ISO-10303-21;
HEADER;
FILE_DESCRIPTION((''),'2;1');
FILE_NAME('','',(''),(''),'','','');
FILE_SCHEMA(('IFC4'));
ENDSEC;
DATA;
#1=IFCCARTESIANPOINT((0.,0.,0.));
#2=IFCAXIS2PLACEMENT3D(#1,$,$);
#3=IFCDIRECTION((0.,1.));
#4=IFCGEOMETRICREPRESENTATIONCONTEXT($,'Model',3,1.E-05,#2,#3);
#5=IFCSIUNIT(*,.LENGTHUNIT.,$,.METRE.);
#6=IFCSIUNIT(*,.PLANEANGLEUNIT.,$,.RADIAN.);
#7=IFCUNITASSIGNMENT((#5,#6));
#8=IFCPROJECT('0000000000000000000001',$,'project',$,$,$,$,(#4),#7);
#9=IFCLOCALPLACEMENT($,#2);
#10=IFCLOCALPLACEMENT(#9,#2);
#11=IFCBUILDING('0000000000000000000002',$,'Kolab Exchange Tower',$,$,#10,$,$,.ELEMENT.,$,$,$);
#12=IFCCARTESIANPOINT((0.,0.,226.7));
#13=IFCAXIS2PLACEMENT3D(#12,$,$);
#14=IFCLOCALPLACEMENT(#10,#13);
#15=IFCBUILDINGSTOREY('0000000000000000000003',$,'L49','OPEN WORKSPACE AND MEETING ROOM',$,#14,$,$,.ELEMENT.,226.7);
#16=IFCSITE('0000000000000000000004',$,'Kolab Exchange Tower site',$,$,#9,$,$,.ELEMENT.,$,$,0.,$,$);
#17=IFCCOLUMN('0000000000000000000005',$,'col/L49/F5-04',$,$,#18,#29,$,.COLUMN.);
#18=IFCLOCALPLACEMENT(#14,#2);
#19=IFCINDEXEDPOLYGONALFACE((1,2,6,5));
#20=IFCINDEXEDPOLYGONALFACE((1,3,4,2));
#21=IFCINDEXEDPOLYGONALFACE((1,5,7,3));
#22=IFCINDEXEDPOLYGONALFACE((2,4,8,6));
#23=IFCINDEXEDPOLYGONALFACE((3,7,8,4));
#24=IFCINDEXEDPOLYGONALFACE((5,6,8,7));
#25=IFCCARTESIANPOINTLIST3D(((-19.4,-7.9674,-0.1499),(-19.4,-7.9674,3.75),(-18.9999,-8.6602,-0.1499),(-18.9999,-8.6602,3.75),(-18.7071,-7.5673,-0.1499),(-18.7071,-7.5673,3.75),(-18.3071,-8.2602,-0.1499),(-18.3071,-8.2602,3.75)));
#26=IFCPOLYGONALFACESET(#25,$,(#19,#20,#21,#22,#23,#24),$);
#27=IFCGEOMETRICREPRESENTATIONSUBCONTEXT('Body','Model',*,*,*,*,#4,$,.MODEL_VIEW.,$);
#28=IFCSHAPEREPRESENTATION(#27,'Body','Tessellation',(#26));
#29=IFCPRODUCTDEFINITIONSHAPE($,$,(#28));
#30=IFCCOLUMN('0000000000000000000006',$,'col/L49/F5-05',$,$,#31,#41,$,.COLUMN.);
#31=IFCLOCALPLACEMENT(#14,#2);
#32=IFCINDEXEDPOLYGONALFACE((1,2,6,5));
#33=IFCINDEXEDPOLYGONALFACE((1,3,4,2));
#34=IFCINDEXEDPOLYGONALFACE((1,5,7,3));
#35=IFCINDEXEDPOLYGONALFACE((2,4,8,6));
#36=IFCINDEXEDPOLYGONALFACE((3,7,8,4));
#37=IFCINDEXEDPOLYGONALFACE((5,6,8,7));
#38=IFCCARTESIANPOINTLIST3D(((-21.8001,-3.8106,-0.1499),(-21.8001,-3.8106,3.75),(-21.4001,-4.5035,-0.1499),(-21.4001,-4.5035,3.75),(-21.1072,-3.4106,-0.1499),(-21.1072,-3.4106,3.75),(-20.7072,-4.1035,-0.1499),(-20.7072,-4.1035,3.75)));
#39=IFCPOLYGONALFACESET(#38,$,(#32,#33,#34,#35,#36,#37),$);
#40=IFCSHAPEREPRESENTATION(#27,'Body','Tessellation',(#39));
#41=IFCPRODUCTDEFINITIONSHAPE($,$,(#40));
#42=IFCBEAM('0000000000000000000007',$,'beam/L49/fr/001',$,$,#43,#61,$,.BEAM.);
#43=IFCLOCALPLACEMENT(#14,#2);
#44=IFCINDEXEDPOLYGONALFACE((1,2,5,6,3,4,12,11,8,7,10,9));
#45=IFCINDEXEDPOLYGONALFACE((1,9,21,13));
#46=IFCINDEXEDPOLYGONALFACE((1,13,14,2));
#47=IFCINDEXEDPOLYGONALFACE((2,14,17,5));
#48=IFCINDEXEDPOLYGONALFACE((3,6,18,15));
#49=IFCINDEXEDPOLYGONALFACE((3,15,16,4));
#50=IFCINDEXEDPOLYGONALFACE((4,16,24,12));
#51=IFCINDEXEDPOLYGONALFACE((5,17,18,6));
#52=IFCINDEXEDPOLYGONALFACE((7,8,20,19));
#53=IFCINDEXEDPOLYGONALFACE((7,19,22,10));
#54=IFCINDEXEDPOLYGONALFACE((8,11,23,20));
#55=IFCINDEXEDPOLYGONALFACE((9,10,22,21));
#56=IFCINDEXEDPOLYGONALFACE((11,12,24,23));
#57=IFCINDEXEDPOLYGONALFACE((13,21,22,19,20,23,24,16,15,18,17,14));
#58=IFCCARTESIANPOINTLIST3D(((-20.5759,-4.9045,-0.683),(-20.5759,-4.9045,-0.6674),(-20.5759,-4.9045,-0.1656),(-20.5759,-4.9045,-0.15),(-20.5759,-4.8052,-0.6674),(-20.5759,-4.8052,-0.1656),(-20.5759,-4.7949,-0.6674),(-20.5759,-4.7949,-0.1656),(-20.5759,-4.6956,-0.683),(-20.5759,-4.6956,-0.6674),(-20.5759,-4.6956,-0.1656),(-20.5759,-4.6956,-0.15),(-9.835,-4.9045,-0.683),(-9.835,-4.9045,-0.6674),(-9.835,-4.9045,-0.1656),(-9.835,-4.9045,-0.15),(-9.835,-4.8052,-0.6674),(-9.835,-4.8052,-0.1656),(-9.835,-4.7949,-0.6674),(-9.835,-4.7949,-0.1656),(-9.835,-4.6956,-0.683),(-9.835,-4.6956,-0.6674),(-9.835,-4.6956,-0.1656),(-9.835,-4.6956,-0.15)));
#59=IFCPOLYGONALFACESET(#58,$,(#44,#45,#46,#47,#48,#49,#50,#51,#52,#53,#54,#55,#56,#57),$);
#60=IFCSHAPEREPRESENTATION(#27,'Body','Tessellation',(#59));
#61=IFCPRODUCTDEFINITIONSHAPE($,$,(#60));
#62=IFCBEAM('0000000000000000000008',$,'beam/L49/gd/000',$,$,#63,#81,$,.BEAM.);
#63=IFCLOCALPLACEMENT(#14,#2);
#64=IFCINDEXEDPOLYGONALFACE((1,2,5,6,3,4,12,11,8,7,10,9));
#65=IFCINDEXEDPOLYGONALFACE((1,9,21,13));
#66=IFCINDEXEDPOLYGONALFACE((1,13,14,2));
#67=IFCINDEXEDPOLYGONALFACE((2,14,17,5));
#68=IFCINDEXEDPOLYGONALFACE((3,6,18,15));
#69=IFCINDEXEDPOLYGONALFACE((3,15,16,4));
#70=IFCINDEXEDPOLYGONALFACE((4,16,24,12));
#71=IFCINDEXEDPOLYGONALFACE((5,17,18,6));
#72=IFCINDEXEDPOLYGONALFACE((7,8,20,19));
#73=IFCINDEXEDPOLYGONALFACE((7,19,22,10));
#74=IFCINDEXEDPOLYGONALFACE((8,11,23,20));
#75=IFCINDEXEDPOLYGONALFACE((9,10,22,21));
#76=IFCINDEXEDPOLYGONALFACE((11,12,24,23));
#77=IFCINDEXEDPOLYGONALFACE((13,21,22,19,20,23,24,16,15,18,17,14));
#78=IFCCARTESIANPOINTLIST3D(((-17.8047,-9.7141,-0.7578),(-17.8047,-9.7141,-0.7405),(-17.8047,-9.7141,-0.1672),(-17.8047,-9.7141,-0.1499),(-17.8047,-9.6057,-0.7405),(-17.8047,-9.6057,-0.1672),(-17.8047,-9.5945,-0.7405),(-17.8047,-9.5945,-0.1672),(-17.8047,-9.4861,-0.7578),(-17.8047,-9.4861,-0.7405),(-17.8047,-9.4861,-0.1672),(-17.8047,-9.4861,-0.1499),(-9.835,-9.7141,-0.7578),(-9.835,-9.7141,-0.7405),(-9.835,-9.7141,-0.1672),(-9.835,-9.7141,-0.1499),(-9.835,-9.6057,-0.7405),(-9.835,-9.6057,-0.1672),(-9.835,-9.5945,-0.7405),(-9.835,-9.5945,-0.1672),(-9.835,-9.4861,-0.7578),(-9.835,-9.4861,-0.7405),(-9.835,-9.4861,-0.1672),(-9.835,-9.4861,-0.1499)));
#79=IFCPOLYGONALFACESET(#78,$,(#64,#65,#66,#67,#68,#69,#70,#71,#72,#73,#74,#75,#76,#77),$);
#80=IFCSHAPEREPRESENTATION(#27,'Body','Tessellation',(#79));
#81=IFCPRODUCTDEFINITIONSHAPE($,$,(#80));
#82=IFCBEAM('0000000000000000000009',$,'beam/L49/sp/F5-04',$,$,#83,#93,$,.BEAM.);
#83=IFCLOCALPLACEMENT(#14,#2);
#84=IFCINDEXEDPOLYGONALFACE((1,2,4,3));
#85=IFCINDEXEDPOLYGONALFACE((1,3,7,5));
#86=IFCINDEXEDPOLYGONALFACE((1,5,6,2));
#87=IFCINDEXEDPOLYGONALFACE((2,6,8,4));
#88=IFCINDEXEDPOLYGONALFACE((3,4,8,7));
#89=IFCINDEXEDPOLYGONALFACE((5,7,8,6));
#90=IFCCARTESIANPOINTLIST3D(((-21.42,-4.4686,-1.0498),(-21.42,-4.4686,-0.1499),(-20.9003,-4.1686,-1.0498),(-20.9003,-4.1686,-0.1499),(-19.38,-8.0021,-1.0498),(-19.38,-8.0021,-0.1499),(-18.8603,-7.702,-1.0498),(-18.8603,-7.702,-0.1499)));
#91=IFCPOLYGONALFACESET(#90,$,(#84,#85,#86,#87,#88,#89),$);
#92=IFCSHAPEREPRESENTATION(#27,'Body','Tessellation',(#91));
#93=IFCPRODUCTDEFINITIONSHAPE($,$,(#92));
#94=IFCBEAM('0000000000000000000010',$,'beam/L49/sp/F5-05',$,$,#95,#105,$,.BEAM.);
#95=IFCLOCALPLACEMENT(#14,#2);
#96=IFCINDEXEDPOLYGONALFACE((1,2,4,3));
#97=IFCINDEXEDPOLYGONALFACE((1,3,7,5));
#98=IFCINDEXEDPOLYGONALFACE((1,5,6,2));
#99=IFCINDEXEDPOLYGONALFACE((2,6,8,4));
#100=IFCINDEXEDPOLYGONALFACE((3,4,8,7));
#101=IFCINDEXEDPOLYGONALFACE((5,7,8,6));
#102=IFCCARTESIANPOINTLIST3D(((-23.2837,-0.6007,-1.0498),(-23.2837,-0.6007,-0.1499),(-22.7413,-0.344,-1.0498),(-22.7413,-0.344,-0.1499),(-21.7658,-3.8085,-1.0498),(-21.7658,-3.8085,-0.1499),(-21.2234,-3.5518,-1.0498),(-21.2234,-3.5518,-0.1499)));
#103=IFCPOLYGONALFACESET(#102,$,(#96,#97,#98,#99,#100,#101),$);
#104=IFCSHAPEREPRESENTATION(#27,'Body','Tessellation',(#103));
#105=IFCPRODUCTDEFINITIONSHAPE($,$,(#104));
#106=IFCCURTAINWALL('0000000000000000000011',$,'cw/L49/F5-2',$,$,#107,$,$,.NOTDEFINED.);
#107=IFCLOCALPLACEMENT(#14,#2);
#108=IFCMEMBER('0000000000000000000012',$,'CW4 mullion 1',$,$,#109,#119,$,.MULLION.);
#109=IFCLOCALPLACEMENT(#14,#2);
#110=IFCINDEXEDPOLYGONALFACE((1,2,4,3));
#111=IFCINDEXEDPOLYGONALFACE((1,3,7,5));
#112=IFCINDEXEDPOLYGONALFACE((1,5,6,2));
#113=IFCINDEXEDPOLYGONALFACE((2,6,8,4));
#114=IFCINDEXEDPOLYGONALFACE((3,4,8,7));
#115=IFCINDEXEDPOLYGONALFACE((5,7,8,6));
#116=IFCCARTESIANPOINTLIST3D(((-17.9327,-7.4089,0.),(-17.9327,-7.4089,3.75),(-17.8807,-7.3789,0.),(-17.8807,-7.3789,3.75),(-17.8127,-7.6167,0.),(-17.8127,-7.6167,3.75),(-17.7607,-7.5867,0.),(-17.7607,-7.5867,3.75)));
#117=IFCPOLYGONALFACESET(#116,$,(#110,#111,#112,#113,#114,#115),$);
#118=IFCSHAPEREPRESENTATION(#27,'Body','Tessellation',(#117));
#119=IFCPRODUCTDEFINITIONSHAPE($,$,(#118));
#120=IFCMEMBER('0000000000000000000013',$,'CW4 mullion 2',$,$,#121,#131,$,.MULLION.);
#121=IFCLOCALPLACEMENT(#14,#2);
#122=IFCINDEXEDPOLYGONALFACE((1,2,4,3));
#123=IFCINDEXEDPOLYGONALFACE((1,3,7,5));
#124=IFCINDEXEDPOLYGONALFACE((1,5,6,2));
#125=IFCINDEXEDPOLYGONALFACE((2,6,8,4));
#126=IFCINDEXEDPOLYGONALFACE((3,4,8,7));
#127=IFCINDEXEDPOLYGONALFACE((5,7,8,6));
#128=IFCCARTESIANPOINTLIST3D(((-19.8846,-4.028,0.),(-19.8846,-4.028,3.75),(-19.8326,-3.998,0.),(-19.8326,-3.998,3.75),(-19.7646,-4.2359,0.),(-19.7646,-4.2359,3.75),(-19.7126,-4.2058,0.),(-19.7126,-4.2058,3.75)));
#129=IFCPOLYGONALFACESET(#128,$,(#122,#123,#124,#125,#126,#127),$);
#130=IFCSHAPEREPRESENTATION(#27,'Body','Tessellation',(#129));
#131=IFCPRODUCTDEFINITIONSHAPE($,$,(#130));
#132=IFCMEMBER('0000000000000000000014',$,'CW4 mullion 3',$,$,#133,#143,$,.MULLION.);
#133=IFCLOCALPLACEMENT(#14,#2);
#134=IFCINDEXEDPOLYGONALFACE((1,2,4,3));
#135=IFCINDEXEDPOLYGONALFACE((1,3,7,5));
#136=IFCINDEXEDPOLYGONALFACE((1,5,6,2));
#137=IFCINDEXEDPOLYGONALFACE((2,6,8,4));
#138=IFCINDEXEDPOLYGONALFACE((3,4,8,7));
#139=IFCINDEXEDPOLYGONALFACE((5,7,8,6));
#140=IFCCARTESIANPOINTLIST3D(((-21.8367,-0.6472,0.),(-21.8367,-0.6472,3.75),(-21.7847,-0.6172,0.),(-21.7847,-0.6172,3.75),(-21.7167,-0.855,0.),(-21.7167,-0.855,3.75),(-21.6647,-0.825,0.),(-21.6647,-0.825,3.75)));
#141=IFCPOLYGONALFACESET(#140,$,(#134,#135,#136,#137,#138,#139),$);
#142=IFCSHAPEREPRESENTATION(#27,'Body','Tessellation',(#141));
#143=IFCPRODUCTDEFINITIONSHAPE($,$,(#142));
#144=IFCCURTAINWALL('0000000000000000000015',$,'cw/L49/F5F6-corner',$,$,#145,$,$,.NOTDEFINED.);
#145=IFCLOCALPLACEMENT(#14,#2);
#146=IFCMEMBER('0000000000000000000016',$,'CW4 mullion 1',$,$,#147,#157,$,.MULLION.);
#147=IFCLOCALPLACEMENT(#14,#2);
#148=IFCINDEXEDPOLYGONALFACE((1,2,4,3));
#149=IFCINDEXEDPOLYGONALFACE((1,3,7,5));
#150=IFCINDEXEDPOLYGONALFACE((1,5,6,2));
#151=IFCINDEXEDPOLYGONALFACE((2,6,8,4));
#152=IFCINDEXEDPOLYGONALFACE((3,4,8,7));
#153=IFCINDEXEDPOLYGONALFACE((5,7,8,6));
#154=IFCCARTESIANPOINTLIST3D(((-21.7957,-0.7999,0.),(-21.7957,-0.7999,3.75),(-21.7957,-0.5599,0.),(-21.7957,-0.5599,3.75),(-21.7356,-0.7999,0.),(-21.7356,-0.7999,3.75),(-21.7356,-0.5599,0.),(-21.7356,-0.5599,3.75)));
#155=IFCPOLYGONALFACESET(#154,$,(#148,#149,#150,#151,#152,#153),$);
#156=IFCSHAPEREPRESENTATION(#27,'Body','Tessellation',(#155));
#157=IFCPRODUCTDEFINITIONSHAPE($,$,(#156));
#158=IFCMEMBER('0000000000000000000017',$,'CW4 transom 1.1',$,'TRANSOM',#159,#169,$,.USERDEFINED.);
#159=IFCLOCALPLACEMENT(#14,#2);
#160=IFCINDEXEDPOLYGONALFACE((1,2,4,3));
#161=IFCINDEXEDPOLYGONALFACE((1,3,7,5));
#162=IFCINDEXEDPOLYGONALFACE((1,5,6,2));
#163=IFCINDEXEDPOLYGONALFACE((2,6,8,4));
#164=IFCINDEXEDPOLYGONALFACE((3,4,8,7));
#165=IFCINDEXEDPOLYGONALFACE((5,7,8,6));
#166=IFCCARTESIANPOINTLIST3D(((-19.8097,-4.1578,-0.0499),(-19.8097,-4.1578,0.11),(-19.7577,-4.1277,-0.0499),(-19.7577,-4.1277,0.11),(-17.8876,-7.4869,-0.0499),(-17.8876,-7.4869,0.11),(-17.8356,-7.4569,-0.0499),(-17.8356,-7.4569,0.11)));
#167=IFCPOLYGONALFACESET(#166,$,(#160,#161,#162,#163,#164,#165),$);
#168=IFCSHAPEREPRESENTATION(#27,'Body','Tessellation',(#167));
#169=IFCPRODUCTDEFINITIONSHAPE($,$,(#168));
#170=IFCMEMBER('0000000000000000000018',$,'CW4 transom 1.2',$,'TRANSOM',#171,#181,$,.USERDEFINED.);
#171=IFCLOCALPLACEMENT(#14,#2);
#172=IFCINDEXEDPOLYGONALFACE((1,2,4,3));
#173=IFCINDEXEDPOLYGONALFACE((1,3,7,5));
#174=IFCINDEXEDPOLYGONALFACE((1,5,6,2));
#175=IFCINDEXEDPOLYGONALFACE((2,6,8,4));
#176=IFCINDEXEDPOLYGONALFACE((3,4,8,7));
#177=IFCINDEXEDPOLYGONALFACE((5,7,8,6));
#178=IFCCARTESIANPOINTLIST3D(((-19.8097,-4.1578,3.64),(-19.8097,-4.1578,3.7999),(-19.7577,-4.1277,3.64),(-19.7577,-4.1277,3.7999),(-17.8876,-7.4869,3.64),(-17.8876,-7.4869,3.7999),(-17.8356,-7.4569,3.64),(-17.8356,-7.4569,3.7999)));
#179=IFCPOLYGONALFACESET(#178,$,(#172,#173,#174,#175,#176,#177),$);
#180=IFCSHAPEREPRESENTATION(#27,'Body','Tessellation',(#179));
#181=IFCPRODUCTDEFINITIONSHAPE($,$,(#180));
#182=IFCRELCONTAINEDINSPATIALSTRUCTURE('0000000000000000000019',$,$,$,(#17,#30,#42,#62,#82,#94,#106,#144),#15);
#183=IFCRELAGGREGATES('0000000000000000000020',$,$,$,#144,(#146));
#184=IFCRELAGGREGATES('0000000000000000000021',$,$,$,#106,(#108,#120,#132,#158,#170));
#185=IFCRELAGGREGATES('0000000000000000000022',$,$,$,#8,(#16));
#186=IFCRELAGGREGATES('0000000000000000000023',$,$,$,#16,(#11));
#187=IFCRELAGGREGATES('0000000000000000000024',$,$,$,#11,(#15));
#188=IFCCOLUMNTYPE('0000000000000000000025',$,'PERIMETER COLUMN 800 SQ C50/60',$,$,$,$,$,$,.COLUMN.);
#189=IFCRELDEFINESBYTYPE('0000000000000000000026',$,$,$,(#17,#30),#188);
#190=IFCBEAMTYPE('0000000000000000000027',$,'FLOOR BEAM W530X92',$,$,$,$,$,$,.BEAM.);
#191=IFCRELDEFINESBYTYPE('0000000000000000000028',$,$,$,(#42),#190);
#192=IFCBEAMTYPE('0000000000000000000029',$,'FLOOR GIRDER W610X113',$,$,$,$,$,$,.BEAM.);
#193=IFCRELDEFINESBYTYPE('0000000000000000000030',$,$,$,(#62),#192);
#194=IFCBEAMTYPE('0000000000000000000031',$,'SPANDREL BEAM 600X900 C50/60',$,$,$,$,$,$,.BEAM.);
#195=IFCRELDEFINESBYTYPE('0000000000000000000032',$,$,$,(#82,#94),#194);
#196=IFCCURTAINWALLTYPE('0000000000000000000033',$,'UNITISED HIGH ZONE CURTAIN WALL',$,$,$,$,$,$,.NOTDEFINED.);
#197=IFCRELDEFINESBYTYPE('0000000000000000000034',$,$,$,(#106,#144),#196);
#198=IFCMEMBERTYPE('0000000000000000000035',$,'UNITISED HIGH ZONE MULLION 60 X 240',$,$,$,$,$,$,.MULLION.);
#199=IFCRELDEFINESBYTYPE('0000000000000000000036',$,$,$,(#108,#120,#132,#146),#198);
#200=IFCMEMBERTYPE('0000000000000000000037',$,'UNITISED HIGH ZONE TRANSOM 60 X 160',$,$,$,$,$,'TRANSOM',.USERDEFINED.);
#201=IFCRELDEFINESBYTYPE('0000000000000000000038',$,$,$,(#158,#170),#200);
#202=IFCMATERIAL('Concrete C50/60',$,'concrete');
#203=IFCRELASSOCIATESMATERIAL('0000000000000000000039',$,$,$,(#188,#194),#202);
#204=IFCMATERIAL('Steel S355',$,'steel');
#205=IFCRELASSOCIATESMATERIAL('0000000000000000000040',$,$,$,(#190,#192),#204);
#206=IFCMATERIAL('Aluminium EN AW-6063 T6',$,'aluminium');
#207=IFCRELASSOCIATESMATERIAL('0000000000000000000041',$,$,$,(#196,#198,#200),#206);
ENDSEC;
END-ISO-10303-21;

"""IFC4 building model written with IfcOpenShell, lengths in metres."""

from ifc_helpers import new_model, si_unit, direction, frame, origin, origin_2d, place, context, subcontext, project, spatial, rectangle, i_section, extrude, material, material_profile, profile_set, type_object, element, aggregate, save


model = new_model("IFC4")

# Units and contexts
model_context = context("Model", 3, precision=1e-05, world=origin(), true_north=direction((0.0, 1.0)))
body_context = subcontext(model_context, "Body", "Model", "MODEL_VIEW")
ifc_project = project(units=[si_unit("LENGTHUNIT", "METRE"), si_unit("PLANEANGLEUNIT", "RADIAN")], contexts=[model_context])

# Site, building, storey
site_placement = place(None, origin())
site = spatial("IfcSite", under=ifc_project, at=site_placement, Name="Kolab Exchange Tower site", CompositionType="ELEMENT", RefElevation=0.0)
building_placement = place(site_placement, origin())
building = spatial("IfcBuilding", under=site, at=building_placement, Name="Kolab Exchange Tower", CompositionType="ELEMENT")
storey_placement = place(building_placement, frame((0.0, 0.0, 226.7)))
storey = spatial("IfcBuildingStorey", under=building, at=storey_placement, Name="L49", Description="OPEN WORKSPACE AND MEETING ROOM", CompositionType="ELEMENT", Elevation=226.7)

# Columns
ifc_material_1 = material(Name="Concrete C50/60", Category="concrete")
ifc_material_profile_1 = material_profile(ifc_material_1, rectangle(XDim=0.8, YDim=0.8, at=origin_2d()), Name="RC800")
ifc_profile_set_1 = profile_set([ifc_material_profile_1], Name="Concrete C50/60")
column_type = type_object("IfcColumnType", Name="PERIMETER COLUMN 800 SQ C50/60", PredefinedType="COLUMN", material=ifc_profile_set_1)
for number, where, z_axis, x_axis, name in (
    (1, (-18.8535, -8.1138, -0.1499), (0.0, 0.0, 1.0), (0.866025, 0.5, 0.0), "col/L49/F5-04"),
    (2, (-21.2537, -3.957, -0.1499), (0.0, 0.0, 1.0), (0.866025, 0.5, 0.0), "col/L49/F5-05"),
):
    element("IfcColumn", number, at=place(storey_placement, frame(where, z_axis=z_axis, x_axis=x_axis)), inside=storey, type_object=column_type, Name=name, PredefinedType="COLUMN", context=body_context, shape_type="SweptSolid", body=[
        extrude(rectangle(XDim=0.8, YDim=0.8, at=origin_2d()), origin(), (0.0, 0.0, 1.0), 3.8999),
    ])

# Beams
ifc_material_2 = material(Name="Steel S355", Category="steel")
ifc_material_profile_2 = material_profile(ifc_material_2, i_section(OverallWidth=0.209, OverallDepth=0.533, WebThickness=0.0103, FlangeThickness=0.0156, at=origin_2d()), Name="W530X92")
ifc_profile_set_2 = profile_set([ifc_material_profile_2], Name="Steel S355")
beam_type_1 = type_object("IfcBeamType", Name="FLOOR BEAM W530X92", PredefinedType="BEAM", material=ifc_profile_set_2)
beam_1_placement = place(storey_placement, frame((-20.5759, -4.8, -0.4165), z_axis=(1.0, 0.0, 0.0), x_axis=(0.0, 1.0, 0.0)))
element("IfcBeam", 3, at=beam_1_placement, inside=storey, type_object=beam_type_1, Name="beam/L49/fr/001", PredefinedType="BEAM", context=body_context, shape_type="SweptSolid", body=[
    extrude(i_section(OverallWidth=0.209, OverallDepth=0.533, WebThickness=0.0103, FlangeThickness=0.0156, at=origin_2d()), origin(), (0.0, 0.0, 1.0), 10.741),
])
ifc_material_profile_3 = material_profile(ifc_material_2, i_section(OverallWidth=0.228, OverallDepth=0.6079, WebThickness=0.0112, FlangeThickness=0.0173, at=origin_2d()), Name="W610X113")
ifc_profile_set_3 = profile_set([ifc_material_profile_3], Name="Steel S355")
beam_type_2 = type_object("IfcBeamType", Name="FLOOR GIRDER W610X113", PredefinedType="BEAM", material=ifc_profile_set_3)
beam_2_placement = place(storey_placement, frame((-17.8047, -9.6001, -0.4539), z_axis=(1.0, 0.0, 0.0), x_axis=(0.0, 1.0, 0.0)))
element("IfcBeam", 4, at=beam_2_placement, inside=storey, type_object=beam_type_2, Name="beam/L49/gd/000", PredefinedType="BEAM", context=body_context, shape_type="SweptSolid", body=[
    extrude(i_section(OverallWidth=0.228, OverallDepth=0.6079, WebThickness=0.0112, FlangeThickness=0.0173, at=origin_2d()), origin(), (0.0, 0.0, 1.0), 7.9697),
])
ifc_material_profile_4 = material_profile(ifc_material_1, rectangle(XDim=0.6001, YDim=0.8999, at=origin_2d()), Name="RC600X900")
ifc_profile_set_4 = profile_set([ifc_material_profile_4], Name="Concrete C50/60")
beam_type_3 = type_object("IfcBeamType", Name="SPANDREL BEAM 600X900 C50/60", PredefinedType="BEAM", material=ifc_profile_set_4)
beam_3_placement = place(storey_placement, frame((-19.1201, -7.8521, -0.5999), z_axis=(-0.5, 0.866025, 0.0), x_axis=(-0.866025, -0.5, 0.0)))
element("IfcBeam", 5, at=beam_3_placement, inside=storey, type_object=beam_type_3, Name="beam/L49/sp/F5-04", PredefinedType="BEAM", context=body_context, shape_type="SweptSolid", body=[
    extrude(rectangle(XDim=0.6001, YDim=0.8999, at=origin_2d()), origin(), (0.0, 0.0, 1.0), 4.0801),
])
beam_4_placement = place(storey_placement, frame((-21.4946, -3.6802, -0.5999), z_axis=(-0.427708, 0.903917, 0.0), x_axis=(-0.903917, -0.427708, 0.0)))
element("IfcBeam", 6, at=beam_4_placement, inside=storey, type_object=beam_type_3, Name="beam/L49/sp/F5-05", PredefinedType="BEAM", context=body_context, shape_type="SweptSolid", body=[
    extrude(rectangle(XDim=0.6001, YDim=0.8999, at=origin_2d()), origin(), (0.0, 0.0, 1.0), 3.5488),
])

# Curtain wall, members
ifc_material_3 = material(Name="Aluminium EN AW-6063 T6", Category="aluminium")
curtain_wall_type = type_object("IfcCurtainWallType", Name="UNITISED HIGH ZONE CURTAIN WALL", PredefinedType="NOTDEFINED", material=ifc_material_3)
curtain_wall_1_placement = place(storey_placement, origin())
curtain_wall_1 = element("IfcCurtainWall", 7, at=curtain_wall_1_placement, inside=storey, type_object=curtain_wall_type, Name="cw/L49/F5-2", PredefinedType="NOTDEFINED")
ifc_material_profile_5 = material_profile(ifc_material_3, rectangle(XDim=0.0601, YDim=0.24, at=origin_2d()), Name="RECT 60X240")
ifc_profile_set_5 = profile_set([ifc_material_profile_5], Name="Aluminium EN AW-6063 T6")
member_type_1 = type_object("IfcMemberType", Name="UNITISED HIGH ZONE MULLION 60 X 240", PredefinedType="MULLION", material=ifc_profile_set_5)
member_1_placement = place(storey_placement, frame((-17.8467, -7.4978, 0.0), z_axis=(0.0, 0.0, 1.0), x_axis=(-0.866025, -0.5, 0.0)))
member_1 = element("IfcMember", 8, at=member_1_placement, type_object=member_type_1, Name="CW4 mullion 1", PredefinedType="MULLION", context=body_context, shape_type="SweptSolid", body=[
    extrude(rectangle(XDim=0.0601, YDim=0.24, at=origin_2d()), origin(), (0.0, 0.0, 1.0), 3.75),
])
member_2_placement = place(storey_placement, frame((-19.7986, -4.1169, 0.0), z_axis=(0.0, 0.0, 1.0), x_axis=(-0.866025, -0.5, 0.0)))
member_2 = element("IfcMember", 9, at=member_2_placement, type_object=member_type_1, Name="CW4 mullion 2", PredefinedType="MULLION", context=body_context, shape_type="SweptSolid", body=[
    extrude(rectangle(XDim=0.0601, YDim=0.24, at=origin_2d()), origin(), (0.0, 0.0, 1.0), 3.75),
])
member_3_placement = place(storey_placement, frame((-21.7507, -0.7361, 0.0), z_axis=(0.0, 0.0, 1.0), x_axis=(-0.866025, -0.5, 0.0)))
member_3 = element("IfcMember", 10, at=member_3_placement, type_object=member_type_1, Name="CW4 mullion 3", PredefinedType="MULLION", context=body_context, shape_type="SweptSolid", body=[
    extrude(rectangle(XDim=0.0601, YDim=0.24, at=origin_2d()), origin(), (0.0, 0.0, 1.0), 3.75),
])

# Curtain wall, member
curtain_wall_2_placement = place(storey_placement, origin())
curtain_wall_2 = element("IfcCurtainWall", 11, at=curtain_wall_2_placement, inside=storey, type_object=curtain_wall_type, Name="cw/L49/F5F6-corner", PredefinedType="NOTDEFINED")
member_4_placement = place(storey_placement, frame((-21.7656, -0.6799, 0.0), z_axis=(0.0, 0.0, 1.0), x_axis=(-1.0, 0.0, 0.0)))
member_4 = element("IfcMember", 12, at=member_4_placement, type_object=member_type_1, Name="CW4 mullion 1", PredefinedType="MULLION", context=body_context, shape_type="SweptSolid", body=[
    extrude(rectangle(XDim=0.0601, YDim=0.24, at=origin_2d()), origin(), (0.0, 0.0, 1.0), 3.75),
])

# Members
ifc_material_profile_6 = material_profile(ifc_material_3, rectangle(XDim=0.0601, YDim=0.1599, at=origin_2d()), Name="RECT 60X160")
ifc_profile_set_6 = profile_set([ifc_material_profile_6], Name="Aluminium EN AW-6063 T6")
member_type_2 = type_object("IfcMemberType", Name="UNITISED HIGH ZONE TRANSOM 60 X 160", ElementType="TRANSOM", PredefinedType="USERDEFINED", material=ifc_profile_set_6)
member_5_placement = place(storey_placement, frame((-17.8616, -7.4719, 0.03), z_axis=(-0.500012, 0.866018, 0.0), x_axis=(-0.866018, -0.500012, 0.0)))
member_5 = element("IfcMember", 13, at=member_5_placement, type_object=member_type_2, Name="CW4 transom 1.1", ObjectType="TRANSOM", PredefinedType="USERDEFINED", context=body_context, shape_type="SweptSolid", body=[
    extrude(rectangle(XDim=0.0601, YDim=0.1599, at=origin_2d()), origin(), (0.0, 0.0, 1.0), 3.8442),
])
member_6_placement = place(storey_placement, frame((-17.8616, -7.4719, 3.72), z_axis=(-0.500012, 0.866018, 0.0), x_axis=(-0.866018, -0.500012, 0.0)))
member_6 = element("IfcMember", 14, at=member_6_placement, type_object=member_type_2, Name="CW4 transom 1.2", ObjectType="TRANSOM", PredefinedType="USERDEFINED", context=body_context, shape_type="SweptSolid", body=[
    extrude(rectangle(XDim=0.0601, YDim=0.1599, at=origin_2d()), origin(), (0.0, 0.0, 1.0), 3.8442),
])
aggregate(curtain_wall_2, [member_4])

aggregate(curtain_wall_1, [member_1, member_2, member_3, member_5, member_6])

save(model, "model.ifc")
